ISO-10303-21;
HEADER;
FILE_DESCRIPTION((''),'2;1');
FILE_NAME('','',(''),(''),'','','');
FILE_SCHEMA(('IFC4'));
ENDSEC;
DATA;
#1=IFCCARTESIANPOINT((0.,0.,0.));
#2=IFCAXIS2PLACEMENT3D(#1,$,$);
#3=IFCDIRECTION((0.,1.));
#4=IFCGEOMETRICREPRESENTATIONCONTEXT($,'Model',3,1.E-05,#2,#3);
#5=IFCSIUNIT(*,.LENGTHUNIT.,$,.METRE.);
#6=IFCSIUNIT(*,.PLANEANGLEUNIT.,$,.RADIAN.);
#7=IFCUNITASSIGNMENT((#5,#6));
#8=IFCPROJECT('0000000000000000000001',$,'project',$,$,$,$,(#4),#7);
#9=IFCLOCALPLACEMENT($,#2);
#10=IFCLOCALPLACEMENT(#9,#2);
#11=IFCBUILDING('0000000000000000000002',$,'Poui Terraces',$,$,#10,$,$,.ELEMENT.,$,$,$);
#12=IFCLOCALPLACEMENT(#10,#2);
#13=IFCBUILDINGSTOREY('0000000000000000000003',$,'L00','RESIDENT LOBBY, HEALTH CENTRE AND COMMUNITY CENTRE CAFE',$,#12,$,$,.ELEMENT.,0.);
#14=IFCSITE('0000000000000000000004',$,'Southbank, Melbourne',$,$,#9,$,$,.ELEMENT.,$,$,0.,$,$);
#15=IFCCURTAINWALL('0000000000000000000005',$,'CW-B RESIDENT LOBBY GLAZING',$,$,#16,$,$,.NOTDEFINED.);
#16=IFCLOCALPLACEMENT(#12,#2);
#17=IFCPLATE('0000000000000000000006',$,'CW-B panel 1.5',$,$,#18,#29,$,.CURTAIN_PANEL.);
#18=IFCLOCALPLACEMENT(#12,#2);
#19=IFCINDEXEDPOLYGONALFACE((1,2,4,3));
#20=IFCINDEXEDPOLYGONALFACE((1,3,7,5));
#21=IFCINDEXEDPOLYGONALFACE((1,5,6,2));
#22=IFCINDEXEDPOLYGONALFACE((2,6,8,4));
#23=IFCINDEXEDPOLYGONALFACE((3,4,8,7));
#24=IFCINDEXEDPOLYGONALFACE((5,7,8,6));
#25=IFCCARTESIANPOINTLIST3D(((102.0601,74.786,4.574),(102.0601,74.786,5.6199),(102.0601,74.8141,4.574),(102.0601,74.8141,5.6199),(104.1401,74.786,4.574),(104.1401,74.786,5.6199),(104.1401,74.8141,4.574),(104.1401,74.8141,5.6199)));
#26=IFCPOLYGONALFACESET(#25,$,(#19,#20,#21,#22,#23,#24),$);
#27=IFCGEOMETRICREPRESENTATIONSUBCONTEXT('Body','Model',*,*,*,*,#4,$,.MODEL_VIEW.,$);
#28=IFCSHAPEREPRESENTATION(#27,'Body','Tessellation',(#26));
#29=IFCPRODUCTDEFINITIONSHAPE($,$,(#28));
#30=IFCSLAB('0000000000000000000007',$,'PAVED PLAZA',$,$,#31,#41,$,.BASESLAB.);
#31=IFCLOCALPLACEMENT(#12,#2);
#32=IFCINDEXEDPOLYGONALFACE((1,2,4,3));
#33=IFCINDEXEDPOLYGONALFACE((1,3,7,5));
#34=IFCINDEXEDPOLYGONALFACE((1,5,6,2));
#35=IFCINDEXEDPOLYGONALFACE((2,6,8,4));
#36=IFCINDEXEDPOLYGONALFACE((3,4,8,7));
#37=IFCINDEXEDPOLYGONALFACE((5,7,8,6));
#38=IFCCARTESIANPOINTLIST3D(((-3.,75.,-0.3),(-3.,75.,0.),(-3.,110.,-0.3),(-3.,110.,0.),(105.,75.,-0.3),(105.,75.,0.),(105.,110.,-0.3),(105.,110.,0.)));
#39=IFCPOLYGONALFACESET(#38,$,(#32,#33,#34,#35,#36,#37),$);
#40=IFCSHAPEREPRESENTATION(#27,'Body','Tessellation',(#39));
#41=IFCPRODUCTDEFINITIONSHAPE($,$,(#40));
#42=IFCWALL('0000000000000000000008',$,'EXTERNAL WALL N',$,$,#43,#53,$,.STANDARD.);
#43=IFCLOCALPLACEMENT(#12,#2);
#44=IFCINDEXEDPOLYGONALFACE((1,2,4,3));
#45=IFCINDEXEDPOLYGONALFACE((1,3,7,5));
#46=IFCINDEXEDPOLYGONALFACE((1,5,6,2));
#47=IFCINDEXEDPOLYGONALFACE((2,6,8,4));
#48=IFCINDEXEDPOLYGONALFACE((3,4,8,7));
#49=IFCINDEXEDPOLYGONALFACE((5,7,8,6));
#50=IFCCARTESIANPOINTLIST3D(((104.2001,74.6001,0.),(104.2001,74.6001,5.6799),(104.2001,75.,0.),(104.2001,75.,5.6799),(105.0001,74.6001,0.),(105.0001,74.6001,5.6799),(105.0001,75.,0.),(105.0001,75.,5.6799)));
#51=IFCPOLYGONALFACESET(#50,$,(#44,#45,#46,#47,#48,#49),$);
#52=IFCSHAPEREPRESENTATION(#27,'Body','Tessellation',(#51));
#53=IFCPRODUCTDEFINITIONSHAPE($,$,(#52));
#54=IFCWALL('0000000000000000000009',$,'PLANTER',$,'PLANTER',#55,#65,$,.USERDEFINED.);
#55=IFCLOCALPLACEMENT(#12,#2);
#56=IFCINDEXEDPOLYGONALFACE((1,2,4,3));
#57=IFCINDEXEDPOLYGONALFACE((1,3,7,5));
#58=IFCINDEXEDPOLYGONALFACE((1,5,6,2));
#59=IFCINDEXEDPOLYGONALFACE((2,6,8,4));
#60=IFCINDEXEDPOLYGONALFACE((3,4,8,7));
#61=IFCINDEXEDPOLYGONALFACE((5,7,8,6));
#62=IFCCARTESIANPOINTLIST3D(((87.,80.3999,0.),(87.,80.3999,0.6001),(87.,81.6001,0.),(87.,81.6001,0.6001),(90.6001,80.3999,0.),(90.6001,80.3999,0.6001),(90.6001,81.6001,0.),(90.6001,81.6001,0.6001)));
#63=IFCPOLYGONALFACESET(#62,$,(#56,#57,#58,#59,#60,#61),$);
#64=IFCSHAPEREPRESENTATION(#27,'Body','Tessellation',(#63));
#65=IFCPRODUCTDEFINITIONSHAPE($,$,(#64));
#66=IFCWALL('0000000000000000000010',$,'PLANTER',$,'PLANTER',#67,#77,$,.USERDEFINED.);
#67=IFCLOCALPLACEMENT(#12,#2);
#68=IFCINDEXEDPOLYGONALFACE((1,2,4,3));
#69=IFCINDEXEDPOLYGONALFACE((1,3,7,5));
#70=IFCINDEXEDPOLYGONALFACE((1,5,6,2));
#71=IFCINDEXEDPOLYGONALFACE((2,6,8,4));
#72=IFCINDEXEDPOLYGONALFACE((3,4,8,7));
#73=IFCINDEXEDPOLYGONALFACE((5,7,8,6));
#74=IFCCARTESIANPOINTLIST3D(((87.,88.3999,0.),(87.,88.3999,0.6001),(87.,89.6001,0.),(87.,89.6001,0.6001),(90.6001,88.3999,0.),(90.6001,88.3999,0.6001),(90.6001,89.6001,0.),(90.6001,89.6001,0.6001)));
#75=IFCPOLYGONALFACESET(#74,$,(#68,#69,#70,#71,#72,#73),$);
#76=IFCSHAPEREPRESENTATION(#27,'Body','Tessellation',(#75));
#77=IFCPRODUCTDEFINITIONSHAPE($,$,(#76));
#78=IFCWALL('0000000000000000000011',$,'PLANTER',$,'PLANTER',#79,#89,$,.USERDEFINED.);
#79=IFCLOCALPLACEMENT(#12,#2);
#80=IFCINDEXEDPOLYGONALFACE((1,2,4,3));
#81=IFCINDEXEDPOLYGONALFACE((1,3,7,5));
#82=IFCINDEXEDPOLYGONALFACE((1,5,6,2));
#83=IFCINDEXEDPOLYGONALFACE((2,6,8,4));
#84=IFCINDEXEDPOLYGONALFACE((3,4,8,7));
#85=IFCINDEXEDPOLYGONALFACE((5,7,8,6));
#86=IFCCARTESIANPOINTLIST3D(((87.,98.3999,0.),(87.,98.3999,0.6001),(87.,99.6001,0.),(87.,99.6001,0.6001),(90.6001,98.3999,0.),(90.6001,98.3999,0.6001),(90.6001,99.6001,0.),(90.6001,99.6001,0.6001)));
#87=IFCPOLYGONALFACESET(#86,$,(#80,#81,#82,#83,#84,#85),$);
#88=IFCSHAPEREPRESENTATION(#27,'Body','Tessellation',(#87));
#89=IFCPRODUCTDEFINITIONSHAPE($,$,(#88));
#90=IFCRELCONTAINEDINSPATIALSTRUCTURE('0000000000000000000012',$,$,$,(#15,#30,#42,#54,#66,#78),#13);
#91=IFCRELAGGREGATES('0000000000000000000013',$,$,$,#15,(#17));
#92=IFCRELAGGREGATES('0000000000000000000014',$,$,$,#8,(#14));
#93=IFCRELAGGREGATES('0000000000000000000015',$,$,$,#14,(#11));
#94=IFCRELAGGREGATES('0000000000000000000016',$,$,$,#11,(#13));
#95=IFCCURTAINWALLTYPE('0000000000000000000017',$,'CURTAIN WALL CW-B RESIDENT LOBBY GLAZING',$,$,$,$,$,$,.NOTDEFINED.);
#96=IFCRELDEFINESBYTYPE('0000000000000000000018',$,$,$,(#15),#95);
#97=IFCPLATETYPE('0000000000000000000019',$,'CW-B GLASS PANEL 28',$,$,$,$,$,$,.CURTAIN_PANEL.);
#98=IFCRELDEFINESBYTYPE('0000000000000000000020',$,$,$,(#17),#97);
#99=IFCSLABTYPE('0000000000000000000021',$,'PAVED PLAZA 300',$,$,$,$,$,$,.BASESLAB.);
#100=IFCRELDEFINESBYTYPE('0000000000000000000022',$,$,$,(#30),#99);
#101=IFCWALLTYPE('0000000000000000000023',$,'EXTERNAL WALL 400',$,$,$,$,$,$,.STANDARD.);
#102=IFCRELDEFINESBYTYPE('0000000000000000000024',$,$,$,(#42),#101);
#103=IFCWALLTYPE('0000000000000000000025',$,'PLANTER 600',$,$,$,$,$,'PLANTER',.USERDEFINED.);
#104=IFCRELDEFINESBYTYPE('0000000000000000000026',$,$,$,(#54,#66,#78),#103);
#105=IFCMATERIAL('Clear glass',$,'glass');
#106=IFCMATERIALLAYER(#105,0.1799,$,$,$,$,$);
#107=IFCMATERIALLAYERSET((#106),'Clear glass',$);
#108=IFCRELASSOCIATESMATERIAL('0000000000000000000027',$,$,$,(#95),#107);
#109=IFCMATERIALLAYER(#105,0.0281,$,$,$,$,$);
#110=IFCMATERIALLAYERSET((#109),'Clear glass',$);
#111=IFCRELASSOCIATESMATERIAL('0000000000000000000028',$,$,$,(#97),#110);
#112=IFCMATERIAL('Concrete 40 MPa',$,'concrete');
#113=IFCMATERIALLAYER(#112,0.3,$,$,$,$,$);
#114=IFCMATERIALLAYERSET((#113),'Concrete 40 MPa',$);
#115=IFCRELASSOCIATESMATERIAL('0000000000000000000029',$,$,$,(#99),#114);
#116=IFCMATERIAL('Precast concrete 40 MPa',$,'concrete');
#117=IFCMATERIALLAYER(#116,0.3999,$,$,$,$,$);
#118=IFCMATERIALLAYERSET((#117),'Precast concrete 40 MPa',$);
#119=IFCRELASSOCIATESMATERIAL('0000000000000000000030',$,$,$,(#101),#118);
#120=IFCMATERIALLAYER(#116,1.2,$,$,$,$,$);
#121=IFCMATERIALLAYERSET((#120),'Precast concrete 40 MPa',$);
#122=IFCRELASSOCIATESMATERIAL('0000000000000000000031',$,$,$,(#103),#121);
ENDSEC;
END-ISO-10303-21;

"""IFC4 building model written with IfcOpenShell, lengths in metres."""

from ifc_helpers import new_model, si_unit, direction, frame, frame_2d, origin, origin_2d, place, context, subcontext, project, spatial, polyline, rectangle, outline, extrude, source, transform, mapped, material, layer, layer_set, type_object, element, aggregate, save


model = new_model("IFC4")

# Units and contexts
model_context = context("Model", 3, precision=1e-05, world=origin(), true_north=direction((0.0, 1.0)))
body_context = subcontext(model_context, "Body", "Model", "MODEL_VIEW")
ifc_project = project(units=[si_unit("LENGTHUNIT", "METRE"), si_unit("PLANEANGLEUNIT", "RADIAN")], contexts=[model_context])

# Site, building, storey
site_placement = place(None, origin())
site = spatial("IfcSite", under=ifc_project, at=site_placement, Name="Southbank, Melbourne", CompositionType="ELEMENT", RefElevation=0.0)
building_placement = place(site_placement, origin())
building = spatial("IfcBuilding", under=site, at=building_placement, Name="Poui Terraces", CompositionType="ELEMENT")
storey_placement = place(building_placement, origin())
storey = spatial("IfcBuildingStorey", under=building, at=storey_placement, Name="L00", Description="RESIDENT LOBBY, HEALTH CENTRE AND COMMUNITY CENTRE CAFE", CompositionType="ELEMENT", Elevation=0.0)

# Curtain wall
ifc_material_1 = material(Name="Clear glass", Category="glass")
ifc_layer_1 = layer(ifc_material_1, 0.1799)
ifc_layer_set_1 = layer_set([ifc_layer_1], Name="Clear glass")
curtain_wall_type = type_object("IfcCurtainWallType", Name="CURTAIN WALL CW-B RESIDENT LOBBY GLAZING", PredefinedType="NOTDEFINED", material=ifc_layer_set_1)
curtain_wall_1_placement = place(storey_placement, origin())
curtain_wall_1 = element("IfcCurtainWall", 1, at=curtain_wall_1_placement, inside=storey, type_object=curtain_wall_type, Name="CW-B RESIDENT LOBBY GLAZING", PredefinedType="NOTDEFINED")

# Plate
ifc_layer_2 = layer(ifc_material_1, 0.0281)
ifc_layer_set_2 = layer_set([ifc_layer_2], Name="Clear glass")
plate_type = type_object("IfcPlateType", Name="CW-B GLASS PANEL 28", PredefinedType="CURTAIN_PANEL", material=ifc_layer_set_2)
plate_1_placement = place(storey_placement, frame((103.1001, 74.8, 4.574), z_axis=(0.0, 0.0, 1.0), x_axis=(-1.0, 0.0, 0.0)))
plate_1 = element("IfcPlate", 2, at=plate_1_placement, type_object=plate_type, Name="CW-B panel 1.5", PredefinedType="CURTAIN_PANEL", context=body_context, shape_type="SweptSolid", body=[
    extrude(rectangle(XDim=2.0801, YDim=0.0281, at=origin_2d()), origin(), (0.0, 0.0, 1.0), 1.0459),
])
aggregate(curtain_wall_1, [plate_1])

# Slab
ifc_material_2 = material(Name="Concrete 40 MPa", Category="concrete")
ifc_layer_3 = layer(ifc_material_2, 0.3)
ifc_layer_set_3 = layer_set([ifc_layer_3], Name="Concrete 40 MPa")
slab_type = type_object("IfcSlabType", Name="PAVED PLAZA 300", PredefinedType="BASESLAB", material=ifc_layer_set_3)
shared_shape_1 = source(origin(), body_context, "Body", "SweptSolid", [
    extrude(outline(polyline([(0.0, 0.0), (0.0, 35.0), (-108.0, 35.0), (-108.0, 0.0), (0.0, 0.0)])), origin(), (0.0, 0.0, 1.0), 0.3),
])
slab_placement = place(storey_placement, frame((105.0, 75.0, -0.3)))
element("IfcSlab", 3, at=slab_placement, inside=storey, type_object=slab_type, Name="PAVED PLAZA", PredefinedType="BASESLAB", context=body_context, shape_type="MappedRepresentation", body=[
    mapped(shared_shape_1, transform((0.0, 0.0, 0.0))),
])

# Walls
ifc_material_3 = material(Name="Precast concrete 40 MPa", Category="concrete")
ifc_layer_4 = layer(ifc_material_3, 0.3999)
ifc_layer_set_4 = layer_set([ifc_layer_4], Name="Precast concrete 40 MPa")
wall_type_1 = type_object("IfcWallType", Name="EXTERNAL WALL 400", PredefinedType="STANDARD", material=ifc_layer_set_4)
wall_placement = place(storey_placement, frame((105.0, 74.8, 0.0), z_axis=(0.0, 0.0, 1.0), x_axis=(-1.0, 0.0, 0.0)))
element("IfcWall", 4, at=wall_placement, inside=storey, type_object=wall_type_1, Name="EXTERNAL WALL N", PredefinedType="STANDARD", context=body_context, shape_type="SweptSolid", body=[
    extrude(rectangle(XDim=0.8, YDim=0.3999, at=frame_2d((0.3999, 0.0))), origin(), (0.0, 0.0, 1.0), 5.6799),
])
ifc_layer_5 = layer(ifc_material_3, 1.2)
ifc_layer_set_5 = layer_set([ifc_layer_5], Name="Precast concrete 40 MPa")
wall_type_2 = type_object("IfcWallType", Name="PLANTER 600", ElementType="PLANTER", PredefinedType="USERDEFINED", material=ifc_layer_set_5)
shared_shape_2 = source(origin(), body_context, "Body", "SweptSolid", [
    extrude(outline(polyline([(0.0, 0.0), (3.6001, 0.0), (3.6001, 1.2002), (0.0, 1.2002), (0.0, 0.0)])), origin(), (0.0, 0.0, 1.0), 0.6001),
])
for number, where, name in (
    (5, (87.0, 80.3999, 0.0), "PLANTER"),
    (6, (87.0, 88.3999, 0.0), "PLANTER"),
    (7, (87.0, 98.3999, 0.0), "PLANTER"),
):
    element("IfcWall", number, at=place(storey_placement, frame(where)), inside=storey, type_object=wall_type_2, Name=name, ObjectType="PLANTER", PredefinedType="USERDEFINED", context=body_context, shape_type="MappedRepresentation", body=[
        mapped(shared_shape_2, transform((0.0, 0.0, 0.0))),
    ])

save(model, "model.ifc")
